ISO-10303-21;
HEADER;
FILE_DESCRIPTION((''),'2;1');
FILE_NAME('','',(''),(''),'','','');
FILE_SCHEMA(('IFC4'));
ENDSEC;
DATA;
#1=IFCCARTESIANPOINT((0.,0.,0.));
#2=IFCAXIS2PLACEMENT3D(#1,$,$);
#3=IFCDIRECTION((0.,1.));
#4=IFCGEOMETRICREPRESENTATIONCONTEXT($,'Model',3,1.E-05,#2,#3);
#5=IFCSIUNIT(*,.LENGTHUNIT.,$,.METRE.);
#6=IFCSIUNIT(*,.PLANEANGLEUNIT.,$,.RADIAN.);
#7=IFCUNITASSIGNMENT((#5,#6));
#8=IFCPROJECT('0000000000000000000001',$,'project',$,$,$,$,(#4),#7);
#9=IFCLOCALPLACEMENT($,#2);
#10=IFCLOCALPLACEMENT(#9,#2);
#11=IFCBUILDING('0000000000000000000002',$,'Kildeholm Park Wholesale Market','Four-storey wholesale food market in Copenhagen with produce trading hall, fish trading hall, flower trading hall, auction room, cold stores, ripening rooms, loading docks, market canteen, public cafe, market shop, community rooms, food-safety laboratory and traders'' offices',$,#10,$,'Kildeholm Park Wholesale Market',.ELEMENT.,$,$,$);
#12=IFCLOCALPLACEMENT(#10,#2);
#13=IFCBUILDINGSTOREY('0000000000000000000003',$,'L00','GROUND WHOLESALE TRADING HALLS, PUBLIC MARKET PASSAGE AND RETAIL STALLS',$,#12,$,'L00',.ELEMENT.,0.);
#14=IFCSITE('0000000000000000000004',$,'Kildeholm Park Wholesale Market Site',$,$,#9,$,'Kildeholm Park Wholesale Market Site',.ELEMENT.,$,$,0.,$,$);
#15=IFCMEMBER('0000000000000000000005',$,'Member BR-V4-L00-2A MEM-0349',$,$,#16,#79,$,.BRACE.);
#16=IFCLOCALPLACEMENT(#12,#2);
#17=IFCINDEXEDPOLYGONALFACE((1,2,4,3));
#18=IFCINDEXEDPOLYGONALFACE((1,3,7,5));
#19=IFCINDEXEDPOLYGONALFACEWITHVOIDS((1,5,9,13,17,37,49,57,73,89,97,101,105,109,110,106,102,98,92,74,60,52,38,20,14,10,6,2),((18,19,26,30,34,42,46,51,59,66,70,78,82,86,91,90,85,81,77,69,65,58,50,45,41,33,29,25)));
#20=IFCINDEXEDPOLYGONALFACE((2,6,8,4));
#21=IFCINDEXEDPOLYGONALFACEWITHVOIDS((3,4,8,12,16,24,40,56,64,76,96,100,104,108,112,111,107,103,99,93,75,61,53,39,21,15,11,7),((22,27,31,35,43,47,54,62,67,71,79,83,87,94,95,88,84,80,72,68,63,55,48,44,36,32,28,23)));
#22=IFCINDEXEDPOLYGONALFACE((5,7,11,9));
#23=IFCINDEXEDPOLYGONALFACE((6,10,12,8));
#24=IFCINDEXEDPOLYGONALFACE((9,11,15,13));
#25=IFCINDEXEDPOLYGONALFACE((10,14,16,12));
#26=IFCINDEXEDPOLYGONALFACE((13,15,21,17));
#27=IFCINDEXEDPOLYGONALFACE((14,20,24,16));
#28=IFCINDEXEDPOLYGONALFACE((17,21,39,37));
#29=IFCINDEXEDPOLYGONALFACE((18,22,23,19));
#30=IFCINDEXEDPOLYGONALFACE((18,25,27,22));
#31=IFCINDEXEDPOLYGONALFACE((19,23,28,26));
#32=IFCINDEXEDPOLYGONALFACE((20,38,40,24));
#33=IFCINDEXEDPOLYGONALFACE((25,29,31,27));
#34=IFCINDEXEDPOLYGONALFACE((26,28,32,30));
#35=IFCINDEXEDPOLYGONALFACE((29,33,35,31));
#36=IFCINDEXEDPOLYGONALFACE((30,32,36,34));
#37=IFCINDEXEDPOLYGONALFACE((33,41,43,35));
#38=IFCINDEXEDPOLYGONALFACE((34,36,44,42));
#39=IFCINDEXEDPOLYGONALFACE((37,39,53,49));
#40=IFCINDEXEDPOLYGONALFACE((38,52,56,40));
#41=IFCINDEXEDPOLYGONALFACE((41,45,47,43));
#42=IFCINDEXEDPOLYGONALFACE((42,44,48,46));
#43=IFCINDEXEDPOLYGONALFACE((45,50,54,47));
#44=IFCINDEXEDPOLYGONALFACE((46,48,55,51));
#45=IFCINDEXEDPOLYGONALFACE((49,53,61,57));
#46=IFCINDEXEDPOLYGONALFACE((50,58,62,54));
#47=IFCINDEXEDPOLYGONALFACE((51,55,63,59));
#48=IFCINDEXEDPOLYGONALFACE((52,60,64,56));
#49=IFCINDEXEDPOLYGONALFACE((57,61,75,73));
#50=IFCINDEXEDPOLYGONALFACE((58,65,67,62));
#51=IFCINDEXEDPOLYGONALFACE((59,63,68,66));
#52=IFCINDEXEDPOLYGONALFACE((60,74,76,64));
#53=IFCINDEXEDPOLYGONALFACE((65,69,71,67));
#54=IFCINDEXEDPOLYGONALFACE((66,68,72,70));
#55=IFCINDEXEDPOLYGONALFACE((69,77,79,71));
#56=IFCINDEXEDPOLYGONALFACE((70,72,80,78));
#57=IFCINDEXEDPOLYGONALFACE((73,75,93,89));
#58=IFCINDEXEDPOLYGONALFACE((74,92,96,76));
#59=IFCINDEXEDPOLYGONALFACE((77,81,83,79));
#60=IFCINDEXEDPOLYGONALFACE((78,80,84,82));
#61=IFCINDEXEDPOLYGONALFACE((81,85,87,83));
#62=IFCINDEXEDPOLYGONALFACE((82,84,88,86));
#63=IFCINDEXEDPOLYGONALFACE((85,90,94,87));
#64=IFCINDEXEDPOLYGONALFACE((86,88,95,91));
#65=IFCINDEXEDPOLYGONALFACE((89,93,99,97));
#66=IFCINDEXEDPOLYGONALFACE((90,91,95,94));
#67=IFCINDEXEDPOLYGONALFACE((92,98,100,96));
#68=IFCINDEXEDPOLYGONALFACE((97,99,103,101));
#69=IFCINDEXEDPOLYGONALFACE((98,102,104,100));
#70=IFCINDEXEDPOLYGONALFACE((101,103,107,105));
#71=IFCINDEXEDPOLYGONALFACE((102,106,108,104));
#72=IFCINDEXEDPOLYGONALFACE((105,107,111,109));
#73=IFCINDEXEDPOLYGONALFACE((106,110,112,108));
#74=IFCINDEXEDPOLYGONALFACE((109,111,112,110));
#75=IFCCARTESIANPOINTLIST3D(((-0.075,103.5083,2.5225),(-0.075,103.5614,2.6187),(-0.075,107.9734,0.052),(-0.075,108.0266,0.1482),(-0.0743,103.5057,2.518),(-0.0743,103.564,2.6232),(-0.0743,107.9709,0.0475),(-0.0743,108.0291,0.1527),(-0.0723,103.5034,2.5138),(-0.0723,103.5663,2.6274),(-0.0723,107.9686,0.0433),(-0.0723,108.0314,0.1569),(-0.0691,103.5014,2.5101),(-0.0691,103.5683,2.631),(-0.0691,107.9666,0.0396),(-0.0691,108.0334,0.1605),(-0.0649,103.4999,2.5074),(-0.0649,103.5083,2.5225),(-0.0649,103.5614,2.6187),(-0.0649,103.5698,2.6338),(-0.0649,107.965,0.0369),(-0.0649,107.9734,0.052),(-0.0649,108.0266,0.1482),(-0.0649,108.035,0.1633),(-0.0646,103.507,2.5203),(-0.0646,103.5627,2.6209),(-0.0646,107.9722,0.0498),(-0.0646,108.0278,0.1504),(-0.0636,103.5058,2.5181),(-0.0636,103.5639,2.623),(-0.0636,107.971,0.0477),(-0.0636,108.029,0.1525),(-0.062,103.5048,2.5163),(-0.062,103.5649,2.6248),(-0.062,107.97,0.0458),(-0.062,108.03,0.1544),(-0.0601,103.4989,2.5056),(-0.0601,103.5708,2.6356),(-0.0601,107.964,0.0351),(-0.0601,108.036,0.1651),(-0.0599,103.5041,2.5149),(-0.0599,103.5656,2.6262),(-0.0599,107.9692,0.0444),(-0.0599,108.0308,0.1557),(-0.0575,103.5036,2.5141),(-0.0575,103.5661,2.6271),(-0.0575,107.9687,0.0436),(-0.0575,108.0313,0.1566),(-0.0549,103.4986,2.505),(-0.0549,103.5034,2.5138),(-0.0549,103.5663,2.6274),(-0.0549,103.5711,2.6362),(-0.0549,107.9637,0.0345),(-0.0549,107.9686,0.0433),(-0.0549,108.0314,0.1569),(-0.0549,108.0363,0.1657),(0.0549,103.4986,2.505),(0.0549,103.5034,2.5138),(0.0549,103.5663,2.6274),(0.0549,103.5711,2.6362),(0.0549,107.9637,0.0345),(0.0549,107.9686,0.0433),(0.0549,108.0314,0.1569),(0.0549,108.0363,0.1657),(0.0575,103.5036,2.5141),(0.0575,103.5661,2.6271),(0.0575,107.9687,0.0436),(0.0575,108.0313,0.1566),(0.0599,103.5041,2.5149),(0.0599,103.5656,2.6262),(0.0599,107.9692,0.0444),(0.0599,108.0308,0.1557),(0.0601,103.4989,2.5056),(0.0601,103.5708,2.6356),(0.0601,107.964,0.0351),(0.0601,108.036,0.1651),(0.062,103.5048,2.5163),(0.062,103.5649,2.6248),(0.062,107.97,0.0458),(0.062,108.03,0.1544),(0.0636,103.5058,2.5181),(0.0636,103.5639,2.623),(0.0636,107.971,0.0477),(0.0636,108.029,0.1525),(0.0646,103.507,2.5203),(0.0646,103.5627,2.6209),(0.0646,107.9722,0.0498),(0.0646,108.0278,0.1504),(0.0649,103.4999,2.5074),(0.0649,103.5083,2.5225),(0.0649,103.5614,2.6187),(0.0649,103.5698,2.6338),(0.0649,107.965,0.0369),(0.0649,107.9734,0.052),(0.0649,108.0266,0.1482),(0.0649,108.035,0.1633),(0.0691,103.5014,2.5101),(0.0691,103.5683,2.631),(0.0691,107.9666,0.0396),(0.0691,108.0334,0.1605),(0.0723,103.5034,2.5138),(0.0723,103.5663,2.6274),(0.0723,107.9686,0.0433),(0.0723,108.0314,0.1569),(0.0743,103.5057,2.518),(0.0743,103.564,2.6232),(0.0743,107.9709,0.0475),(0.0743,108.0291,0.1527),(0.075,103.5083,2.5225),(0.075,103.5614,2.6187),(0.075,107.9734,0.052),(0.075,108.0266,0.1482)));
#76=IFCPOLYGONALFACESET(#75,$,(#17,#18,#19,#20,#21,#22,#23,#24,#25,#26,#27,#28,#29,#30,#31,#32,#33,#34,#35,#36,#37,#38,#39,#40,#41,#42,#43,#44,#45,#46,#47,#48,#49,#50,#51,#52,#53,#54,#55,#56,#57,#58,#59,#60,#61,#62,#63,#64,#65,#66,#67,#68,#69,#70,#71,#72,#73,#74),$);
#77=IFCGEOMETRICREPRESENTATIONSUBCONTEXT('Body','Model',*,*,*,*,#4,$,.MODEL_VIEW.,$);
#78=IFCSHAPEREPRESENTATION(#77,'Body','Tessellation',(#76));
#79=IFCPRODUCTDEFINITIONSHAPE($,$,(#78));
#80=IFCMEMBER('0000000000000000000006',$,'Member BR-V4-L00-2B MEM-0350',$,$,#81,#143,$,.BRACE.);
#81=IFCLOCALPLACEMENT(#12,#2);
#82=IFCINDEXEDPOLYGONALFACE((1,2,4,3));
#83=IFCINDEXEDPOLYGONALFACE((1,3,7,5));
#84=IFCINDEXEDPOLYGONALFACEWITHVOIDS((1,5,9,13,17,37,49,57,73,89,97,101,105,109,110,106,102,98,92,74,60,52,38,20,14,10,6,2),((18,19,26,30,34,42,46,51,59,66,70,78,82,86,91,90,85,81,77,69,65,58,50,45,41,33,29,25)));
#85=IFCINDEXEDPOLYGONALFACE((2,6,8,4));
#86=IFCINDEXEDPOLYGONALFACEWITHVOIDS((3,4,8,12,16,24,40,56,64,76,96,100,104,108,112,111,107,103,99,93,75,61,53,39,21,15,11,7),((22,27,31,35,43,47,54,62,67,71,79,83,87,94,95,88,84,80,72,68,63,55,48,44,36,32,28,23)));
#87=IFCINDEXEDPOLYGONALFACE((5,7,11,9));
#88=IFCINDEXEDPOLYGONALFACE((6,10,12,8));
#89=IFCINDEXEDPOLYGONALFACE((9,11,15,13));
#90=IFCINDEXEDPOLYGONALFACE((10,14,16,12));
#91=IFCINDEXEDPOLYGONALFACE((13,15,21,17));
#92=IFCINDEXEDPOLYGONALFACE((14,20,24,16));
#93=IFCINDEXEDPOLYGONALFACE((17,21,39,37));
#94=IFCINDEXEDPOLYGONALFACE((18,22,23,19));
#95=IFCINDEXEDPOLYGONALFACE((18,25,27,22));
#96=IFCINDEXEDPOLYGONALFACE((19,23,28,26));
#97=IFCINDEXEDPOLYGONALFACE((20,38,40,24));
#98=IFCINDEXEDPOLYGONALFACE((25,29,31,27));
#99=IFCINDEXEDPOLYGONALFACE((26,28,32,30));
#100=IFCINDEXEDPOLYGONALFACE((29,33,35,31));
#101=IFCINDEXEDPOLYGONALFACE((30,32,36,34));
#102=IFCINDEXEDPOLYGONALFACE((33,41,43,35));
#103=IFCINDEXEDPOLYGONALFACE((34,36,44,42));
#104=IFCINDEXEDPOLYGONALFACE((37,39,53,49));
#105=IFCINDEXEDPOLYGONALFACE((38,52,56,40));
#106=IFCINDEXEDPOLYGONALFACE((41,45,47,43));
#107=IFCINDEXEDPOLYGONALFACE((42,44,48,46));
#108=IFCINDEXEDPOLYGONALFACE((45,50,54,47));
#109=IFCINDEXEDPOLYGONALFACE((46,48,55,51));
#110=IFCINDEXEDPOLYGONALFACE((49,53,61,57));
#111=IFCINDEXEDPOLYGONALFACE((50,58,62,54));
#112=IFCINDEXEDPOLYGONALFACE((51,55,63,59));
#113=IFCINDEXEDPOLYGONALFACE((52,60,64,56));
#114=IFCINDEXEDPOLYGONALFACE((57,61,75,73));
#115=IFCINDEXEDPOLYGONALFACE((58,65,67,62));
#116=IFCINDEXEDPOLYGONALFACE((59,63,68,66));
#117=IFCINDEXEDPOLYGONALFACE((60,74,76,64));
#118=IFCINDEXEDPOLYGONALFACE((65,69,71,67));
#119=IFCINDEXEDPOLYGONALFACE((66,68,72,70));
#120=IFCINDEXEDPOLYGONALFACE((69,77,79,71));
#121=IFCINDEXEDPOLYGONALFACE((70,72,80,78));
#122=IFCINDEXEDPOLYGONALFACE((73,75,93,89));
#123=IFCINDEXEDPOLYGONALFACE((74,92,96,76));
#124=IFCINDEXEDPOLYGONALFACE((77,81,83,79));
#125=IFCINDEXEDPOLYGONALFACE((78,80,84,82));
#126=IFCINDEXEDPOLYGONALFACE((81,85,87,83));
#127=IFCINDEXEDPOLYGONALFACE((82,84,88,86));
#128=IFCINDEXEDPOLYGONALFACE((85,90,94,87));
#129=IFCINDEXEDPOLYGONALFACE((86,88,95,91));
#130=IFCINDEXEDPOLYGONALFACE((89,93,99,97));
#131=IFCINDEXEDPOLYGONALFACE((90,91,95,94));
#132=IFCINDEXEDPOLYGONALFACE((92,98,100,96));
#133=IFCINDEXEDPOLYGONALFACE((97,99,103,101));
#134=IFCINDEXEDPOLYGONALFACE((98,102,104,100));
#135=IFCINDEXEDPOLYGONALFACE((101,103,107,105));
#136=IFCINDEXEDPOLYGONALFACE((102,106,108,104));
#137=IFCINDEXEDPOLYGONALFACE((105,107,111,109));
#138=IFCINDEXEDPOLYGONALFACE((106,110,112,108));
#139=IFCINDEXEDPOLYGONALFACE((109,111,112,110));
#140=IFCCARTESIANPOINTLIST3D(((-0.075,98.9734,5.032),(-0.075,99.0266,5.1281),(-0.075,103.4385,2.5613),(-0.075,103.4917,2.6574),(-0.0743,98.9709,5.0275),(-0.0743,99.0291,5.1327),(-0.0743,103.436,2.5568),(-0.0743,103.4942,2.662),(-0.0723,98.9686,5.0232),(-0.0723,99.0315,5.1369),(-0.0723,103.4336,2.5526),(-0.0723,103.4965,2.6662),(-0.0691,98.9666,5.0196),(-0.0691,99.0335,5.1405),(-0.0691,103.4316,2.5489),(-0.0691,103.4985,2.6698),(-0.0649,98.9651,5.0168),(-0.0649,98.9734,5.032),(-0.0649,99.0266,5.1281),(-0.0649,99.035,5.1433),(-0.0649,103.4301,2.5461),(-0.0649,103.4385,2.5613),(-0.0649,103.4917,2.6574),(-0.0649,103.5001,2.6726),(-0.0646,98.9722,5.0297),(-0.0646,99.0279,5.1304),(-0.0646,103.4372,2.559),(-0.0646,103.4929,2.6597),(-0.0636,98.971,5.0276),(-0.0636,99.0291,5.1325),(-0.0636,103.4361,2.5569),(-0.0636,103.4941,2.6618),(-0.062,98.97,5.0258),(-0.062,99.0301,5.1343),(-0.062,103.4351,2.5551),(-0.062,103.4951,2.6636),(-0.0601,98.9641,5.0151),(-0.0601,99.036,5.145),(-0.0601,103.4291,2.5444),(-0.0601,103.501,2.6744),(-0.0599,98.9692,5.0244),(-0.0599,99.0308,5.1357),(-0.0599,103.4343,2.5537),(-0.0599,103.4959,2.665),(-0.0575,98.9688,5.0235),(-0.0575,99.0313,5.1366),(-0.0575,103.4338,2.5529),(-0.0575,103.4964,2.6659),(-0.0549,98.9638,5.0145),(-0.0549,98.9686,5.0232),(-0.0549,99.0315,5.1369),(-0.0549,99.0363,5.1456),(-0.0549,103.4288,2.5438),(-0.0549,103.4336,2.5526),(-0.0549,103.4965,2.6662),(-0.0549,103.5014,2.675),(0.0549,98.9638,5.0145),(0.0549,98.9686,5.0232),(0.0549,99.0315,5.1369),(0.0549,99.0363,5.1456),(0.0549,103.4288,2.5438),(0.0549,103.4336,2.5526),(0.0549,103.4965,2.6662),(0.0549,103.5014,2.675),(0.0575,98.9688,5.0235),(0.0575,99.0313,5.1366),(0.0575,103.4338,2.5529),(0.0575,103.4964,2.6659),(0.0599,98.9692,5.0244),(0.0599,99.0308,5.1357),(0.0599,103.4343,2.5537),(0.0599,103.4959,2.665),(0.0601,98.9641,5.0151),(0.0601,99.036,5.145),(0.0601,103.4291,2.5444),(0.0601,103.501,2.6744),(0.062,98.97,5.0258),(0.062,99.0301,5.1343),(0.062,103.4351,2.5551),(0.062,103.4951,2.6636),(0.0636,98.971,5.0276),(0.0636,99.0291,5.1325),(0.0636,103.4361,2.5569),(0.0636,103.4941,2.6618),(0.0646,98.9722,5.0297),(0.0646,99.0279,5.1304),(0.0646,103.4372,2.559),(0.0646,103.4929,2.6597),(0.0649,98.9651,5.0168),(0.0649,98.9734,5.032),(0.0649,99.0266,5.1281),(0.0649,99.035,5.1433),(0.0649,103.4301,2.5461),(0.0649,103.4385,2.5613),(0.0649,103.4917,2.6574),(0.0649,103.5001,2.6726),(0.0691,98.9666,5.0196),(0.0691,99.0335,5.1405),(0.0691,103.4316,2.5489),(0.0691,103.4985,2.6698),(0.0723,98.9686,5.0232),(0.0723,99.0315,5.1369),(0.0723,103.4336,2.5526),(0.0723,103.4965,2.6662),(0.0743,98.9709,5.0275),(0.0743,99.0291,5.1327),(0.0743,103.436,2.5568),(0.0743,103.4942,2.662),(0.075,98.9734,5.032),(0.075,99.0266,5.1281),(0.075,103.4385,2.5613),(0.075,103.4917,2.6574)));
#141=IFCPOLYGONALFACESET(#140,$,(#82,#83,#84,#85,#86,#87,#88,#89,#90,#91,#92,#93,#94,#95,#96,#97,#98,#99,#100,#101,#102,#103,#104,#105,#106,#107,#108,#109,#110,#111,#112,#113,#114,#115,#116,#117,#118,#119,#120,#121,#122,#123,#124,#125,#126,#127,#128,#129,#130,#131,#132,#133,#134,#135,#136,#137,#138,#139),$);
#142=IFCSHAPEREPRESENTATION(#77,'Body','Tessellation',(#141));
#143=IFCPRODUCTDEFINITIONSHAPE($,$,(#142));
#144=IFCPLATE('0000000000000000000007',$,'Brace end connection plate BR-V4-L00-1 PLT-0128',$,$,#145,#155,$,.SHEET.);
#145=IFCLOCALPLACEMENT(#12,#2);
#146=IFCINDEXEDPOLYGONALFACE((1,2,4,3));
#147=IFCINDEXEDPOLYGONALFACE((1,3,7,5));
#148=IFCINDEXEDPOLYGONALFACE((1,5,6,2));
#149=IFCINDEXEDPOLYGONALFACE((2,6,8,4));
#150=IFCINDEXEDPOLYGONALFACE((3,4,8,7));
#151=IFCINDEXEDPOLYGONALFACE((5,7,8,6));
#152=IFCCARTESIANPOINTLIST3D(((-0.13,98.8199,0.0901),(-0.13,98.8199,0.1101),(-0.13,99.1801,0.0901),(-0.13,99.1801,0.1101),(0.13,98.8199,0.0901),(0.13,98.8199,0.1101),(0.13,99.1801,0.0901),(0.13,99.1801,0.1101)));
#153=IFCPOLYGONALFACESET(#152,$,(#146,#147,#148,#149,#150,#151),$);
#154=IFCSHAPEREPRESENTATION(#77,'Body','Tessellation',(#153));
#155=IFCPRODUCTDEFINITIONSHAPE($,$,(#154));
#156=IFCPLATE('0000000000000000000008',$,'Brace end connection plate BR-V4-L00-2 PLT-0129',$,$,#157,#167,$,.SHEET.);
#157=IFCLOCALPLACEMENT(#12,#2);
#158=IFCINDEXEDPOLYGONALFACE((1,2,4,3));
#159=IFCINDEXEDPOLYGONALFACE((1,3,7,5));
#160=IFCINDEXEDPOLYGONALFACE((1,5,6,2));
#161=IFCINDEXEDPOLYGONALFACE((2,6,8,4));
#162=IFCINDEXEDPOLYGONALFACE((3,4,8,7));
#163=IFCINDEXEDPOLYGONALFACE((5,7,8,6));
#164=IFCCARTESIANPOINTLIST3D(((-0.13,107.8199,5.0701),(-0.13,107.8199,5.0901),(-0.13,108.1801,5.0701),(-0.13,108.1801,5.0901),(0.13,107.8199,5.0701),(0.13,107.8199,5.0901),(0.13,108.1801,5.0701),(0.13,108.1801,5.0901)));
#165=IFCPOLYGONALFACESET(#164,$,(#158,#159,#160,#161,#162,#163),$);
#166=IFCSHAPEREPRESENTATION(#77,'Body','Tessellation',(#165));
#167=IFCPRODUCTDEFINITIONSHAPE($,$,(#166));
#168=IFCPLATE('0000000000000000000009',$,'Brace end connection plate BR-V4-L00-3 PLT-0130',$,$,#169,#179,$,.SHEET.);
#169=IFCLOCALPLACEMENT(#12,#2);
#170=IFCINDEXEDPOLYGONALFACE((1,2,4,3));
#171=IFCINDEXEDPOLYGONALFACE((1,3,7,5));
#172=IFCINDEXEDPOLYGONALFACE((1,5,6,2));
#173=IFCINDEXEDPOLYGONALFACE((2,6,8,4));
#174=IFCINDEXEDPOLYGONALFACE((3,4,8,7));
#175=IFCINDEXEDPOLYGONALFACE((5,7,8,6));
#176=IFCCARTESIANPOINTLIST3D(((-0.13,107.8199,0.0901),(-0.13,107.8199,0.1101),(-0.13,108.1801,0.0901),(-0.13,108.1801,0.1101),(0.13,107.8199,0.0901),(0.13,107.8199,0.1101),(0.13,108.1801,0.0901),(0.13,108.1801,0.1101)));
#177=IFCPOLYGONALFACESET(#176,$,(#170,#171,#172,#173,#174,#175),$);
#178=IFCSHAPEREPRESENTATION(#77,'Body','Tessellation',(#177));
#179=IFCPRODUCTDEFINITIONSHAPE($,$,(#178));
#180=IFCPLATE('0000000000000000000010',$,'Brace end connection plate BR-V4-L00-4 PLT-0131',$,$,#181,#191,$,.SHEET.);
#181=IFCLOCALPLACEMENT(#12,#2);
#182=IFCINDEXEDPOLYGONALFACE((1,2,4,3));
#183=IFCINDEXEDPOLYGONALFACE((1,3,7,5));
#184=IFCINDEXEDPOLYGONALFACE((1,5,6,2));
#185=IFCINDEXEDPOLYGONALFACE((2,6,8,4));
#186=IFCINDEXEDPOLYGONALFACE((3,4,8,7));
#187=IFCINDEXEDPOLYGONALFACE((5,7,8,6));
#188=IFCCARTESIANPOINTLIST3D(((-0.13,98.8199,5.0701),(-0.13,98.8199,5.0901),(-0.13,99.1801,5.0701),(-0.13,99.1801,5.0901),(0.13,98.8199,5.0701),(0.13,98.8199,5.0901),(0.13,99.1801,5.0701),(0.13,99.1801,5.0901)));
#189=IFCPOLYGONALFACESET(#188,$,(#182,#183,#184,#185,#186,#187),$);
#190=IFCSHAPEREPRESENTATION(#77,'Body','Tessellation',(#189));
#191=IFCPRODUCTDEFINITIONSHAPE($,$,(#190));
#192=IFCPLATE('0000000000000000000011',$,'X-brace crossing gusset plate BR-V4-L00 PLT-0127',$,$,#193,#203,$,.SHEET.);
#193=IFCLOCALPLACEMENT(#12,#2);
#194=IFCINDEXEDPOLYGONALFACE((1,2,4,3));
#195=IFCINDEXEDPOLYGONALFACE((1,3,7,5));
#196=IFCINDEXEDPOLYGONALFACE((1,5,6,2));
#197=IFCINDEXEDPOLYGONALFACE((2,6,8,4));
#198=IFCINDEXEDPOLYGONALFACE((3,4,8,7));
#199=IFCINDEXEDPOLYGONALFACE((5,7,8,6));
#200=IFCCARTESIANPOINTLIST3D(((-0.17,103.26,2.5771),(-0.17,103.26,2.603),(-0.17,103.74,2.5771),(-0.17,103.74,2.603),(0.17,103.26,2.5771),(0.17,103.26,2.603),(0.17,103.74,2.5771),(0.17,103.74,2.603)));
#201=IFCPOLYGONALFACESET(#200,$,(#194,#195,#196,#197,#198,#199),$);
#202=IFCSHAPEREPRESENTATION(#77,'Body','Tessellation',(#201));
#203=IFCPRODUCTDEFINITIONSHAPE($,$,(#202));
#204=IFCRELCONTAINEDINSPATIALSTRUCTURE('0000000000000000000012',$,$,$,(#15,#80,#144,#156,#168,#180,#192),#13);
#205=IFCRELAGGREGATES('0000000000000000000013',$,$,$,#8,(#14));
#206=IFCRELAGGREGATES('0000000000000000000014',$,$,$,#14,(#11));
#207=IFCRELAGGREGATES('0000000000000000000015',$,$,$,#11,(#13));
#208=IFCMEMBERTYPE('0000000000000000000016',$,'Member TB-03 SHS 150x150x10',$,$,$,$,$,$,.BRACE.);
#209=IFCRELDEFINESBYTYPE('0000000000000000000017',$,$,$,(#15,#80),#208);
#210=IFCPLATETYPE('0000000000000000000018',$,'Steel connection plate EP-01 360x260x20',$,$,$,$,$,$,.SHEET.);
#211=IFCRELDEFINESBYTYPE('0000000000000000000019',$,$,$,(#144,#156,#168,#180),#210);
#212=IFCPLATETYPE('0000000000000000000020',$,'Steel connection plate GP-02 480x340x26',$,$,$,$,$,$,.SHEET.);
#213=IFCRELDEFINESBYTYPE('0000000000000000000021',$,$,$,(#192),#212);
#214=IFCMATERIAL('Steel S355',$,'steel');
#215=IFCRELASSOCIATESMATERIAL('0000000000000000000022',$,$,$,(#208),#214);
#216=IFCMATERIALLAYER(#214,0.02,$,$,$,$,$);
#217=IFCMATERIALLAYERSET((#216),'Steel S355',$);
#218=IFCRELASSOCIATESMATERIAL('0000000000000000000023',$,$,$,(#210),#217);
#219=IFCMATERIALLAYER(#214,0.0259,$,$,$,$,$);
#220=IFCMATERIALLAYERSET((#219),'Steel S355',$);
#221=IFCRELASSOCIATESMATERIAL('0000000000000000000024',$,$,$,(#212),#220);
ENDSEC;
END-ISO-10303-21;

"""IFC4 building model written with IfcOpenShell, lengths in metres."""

from ifc_helpers import new_model, si_unit, direction, frame, origin, origin_2d, place, context, subcontext, project, spatial, rectangle, hollow_rectangle, extrude, material, layer, layer_set, material_profile, profile_set, type_object, element, save


model = new_model("IFC4")

# Units and contexts
model_context = context("Model", 3, precision=1e-05, world=origin(), true_north=direction((0.0, 1.0)))
body_context = subcontext(model_context, "Body", "Model", "MODEL_VIEW")
ifc_project = project(units=[si_unit("LENGTHUNIT", "METRE"), si_unit("PLANEANGLEUNIT", "RADIAN")], contexts=[model_context])

# Site, building, storey
site_placement = place(None, origin())
site = spatial("IfcSite", under=ifc_project, at=site_placement, Name="Kildeholm Park Wholesale Market Site", LongName="Kildeholm Park Wholesale Market Site", CompositionType="ELEMENT", RefElevation=0.0)
building_placement = place(site_placement, origin())
building = spatial("IfcBuilding", under=site, at=building_placement, Name="Kildeholm Park Wholesale Market", Description="Four-storey wholesale food market in Copenhagen with produce trading hall, fish trading hall, flower trading hall, auction room, cold stores, ripening rooms, loading docks, market canteen, public cafe, market shop, community rooms, food-safety laboratory and traders' offices", LongName="Kildeholm Park Wholesale Market", CompositionType="ELEMENT")
storey_placement = place(building_placement, origin())
storey = spatial("IfcBuildingStorey", under=building, at=storey_placement, Name="L00", Description="GROUND WHOLESALE TRADING HALLS, PUBLIC MARKET PASSAGE AND RETAIL STALLS", LongName="L00", CompositionType="ELEMENT", Elevation=0.0)

# Members
ifc_material_1 = material(Name="Steel S355", Category="steel")
ifc_material_profile_1 = material_profile(ifc_material_1, hollow_rectangle(XDim=0.1499, YDim=0.1499, WallThickness=0.01, InnerFilletRadius=0.01, OuterFilletRadius=0.02, at=origin_2d()), Name="SHS 150x150x10")
ifc_profile_set_1 = profile_set([ifc_material_profile_1], Name="Steel S355")
member_type = type_object("IfcMemberType", Name="Member TB-03 SHS 150x150x10", PredefinedType="BRACE", material=ifc_profile_set_1)
for number, where, z_axis, x_axis, name in (
    (1, (0.0, 108.0, 0.1001), (0.0, -0.875, 0.484123), (1.0, 0.0, 0.0), "Member BR-V4-L00-2A MEM-0349"),
    (2, (0.0, 103.4651, 2.6094), (0.0, -0.87498, 0.48416), (1.0, 0.0, 0.0), "Member BR-V4-L00-2B MEM-0350"),
):
    element("IfcMember", number, at=place(storey_placement, frame(where, z_axis=z_axis, x_axis=x_axis)), inside=storey, type_object=member_type, Name=name, PredefinedType="BRACE", context=body_context, shape_type="SweptSolid", body=[
        extrude(hollow_rectangle(XDim=0.1499, YDim=0.1499, WallThickness=0.01, InnerFilletRadius=0.01, OuterFilletRadius=0.02, at=origin_2d()), origin(), (0.0, 0.0, 1.0), 5.103),
    ])

# Plates
ifc_layer_1 = layer(ifc_material_1, 0.02)
ifc_layer_set_1 = layer_set([ifc_layer_1], Name="Steel S355")
plate_type_1 = type_object("IfcPlateType", Name="Steel connection plate EP-01 360x260x20", PredefinedType="SHEET", material=ifc_layer_set_1)
for number, where, z_axis, x_axis, name in (
    (3, (0.0, 99.0, 0.0901), (0.0, 0.0, 1.0), (0.0, 1.0, 0.0), "Brace end connection plate BR-V4-L00-1 PLT-0128"),
    (4, (0.0, 108.0, 5.0701), (0.0, 0.0, 1.0), (0.0, 1.0, 0.0), "Brace end connection plate BR-V4-L00-2 PLT-0129"),
    (5, (0.0, 108.0, 0.0901), (0.0, 0.0, 1.0), (0.0, 1.0, 0.0), "Brace end connection plate BR-V4-L00-3 PLT-0130"),
    (6, (0.0, 99.0, 5.0701), (0.0, 0.0, 1.0), (0.0, 1.0, 0.0), "Brace end connection plate BR-V4-L00-4 PLT-0131"),
):
    element("IfcPlate", number, at=place(storey_placement, frame(where, z_axis=z_axis, x_axis=x_axis)), inside=storey, type_object=plate_type_1, Name=name, PredefinedType="SHEET", context=body_context, shape_type="SweptSolid", body=[
        extrude(rectangle(XDim=0.3601, YDim=0.26, at=origin_2d()), origin(), (0.0, 0.0, 1.0), 0.02),
    ])
ifc_layer_2 = layer(ifc_material_1, 0.0259)
ifc_layer_set_2 = layer_set([ifc_layer_2], Name="Steel S355")
plate_type_2 = type_object("IfcPlateType", Name="Steel connection plate GP-02 480x340x26", PredefinedType="SHEET", material=ifc_layer_set_2)
plate_placement = place(storey_placement, frame((0.0, 103.5, 2.5771), z_axis=(0.0, 0.0, 1.0), x_axis=(0.0, 1.0, 0.0)))
element("IfcPlate", 7, at=plate_placement, inside=storey, type_object=plate_type_2, Name="X-brace crossing gusset plate BR-V4-L00 PLT-0127", PredefinedType="SHEET", context=body_context, shape_type="SweptSolid", body=[
    extrude(rectangle(XDim=0.48, YDim=0.3401, at=origin_2d()), origin(), (0.0, 0.0, 1.0), 0.0259),
])

save(model, "model.ifc")
